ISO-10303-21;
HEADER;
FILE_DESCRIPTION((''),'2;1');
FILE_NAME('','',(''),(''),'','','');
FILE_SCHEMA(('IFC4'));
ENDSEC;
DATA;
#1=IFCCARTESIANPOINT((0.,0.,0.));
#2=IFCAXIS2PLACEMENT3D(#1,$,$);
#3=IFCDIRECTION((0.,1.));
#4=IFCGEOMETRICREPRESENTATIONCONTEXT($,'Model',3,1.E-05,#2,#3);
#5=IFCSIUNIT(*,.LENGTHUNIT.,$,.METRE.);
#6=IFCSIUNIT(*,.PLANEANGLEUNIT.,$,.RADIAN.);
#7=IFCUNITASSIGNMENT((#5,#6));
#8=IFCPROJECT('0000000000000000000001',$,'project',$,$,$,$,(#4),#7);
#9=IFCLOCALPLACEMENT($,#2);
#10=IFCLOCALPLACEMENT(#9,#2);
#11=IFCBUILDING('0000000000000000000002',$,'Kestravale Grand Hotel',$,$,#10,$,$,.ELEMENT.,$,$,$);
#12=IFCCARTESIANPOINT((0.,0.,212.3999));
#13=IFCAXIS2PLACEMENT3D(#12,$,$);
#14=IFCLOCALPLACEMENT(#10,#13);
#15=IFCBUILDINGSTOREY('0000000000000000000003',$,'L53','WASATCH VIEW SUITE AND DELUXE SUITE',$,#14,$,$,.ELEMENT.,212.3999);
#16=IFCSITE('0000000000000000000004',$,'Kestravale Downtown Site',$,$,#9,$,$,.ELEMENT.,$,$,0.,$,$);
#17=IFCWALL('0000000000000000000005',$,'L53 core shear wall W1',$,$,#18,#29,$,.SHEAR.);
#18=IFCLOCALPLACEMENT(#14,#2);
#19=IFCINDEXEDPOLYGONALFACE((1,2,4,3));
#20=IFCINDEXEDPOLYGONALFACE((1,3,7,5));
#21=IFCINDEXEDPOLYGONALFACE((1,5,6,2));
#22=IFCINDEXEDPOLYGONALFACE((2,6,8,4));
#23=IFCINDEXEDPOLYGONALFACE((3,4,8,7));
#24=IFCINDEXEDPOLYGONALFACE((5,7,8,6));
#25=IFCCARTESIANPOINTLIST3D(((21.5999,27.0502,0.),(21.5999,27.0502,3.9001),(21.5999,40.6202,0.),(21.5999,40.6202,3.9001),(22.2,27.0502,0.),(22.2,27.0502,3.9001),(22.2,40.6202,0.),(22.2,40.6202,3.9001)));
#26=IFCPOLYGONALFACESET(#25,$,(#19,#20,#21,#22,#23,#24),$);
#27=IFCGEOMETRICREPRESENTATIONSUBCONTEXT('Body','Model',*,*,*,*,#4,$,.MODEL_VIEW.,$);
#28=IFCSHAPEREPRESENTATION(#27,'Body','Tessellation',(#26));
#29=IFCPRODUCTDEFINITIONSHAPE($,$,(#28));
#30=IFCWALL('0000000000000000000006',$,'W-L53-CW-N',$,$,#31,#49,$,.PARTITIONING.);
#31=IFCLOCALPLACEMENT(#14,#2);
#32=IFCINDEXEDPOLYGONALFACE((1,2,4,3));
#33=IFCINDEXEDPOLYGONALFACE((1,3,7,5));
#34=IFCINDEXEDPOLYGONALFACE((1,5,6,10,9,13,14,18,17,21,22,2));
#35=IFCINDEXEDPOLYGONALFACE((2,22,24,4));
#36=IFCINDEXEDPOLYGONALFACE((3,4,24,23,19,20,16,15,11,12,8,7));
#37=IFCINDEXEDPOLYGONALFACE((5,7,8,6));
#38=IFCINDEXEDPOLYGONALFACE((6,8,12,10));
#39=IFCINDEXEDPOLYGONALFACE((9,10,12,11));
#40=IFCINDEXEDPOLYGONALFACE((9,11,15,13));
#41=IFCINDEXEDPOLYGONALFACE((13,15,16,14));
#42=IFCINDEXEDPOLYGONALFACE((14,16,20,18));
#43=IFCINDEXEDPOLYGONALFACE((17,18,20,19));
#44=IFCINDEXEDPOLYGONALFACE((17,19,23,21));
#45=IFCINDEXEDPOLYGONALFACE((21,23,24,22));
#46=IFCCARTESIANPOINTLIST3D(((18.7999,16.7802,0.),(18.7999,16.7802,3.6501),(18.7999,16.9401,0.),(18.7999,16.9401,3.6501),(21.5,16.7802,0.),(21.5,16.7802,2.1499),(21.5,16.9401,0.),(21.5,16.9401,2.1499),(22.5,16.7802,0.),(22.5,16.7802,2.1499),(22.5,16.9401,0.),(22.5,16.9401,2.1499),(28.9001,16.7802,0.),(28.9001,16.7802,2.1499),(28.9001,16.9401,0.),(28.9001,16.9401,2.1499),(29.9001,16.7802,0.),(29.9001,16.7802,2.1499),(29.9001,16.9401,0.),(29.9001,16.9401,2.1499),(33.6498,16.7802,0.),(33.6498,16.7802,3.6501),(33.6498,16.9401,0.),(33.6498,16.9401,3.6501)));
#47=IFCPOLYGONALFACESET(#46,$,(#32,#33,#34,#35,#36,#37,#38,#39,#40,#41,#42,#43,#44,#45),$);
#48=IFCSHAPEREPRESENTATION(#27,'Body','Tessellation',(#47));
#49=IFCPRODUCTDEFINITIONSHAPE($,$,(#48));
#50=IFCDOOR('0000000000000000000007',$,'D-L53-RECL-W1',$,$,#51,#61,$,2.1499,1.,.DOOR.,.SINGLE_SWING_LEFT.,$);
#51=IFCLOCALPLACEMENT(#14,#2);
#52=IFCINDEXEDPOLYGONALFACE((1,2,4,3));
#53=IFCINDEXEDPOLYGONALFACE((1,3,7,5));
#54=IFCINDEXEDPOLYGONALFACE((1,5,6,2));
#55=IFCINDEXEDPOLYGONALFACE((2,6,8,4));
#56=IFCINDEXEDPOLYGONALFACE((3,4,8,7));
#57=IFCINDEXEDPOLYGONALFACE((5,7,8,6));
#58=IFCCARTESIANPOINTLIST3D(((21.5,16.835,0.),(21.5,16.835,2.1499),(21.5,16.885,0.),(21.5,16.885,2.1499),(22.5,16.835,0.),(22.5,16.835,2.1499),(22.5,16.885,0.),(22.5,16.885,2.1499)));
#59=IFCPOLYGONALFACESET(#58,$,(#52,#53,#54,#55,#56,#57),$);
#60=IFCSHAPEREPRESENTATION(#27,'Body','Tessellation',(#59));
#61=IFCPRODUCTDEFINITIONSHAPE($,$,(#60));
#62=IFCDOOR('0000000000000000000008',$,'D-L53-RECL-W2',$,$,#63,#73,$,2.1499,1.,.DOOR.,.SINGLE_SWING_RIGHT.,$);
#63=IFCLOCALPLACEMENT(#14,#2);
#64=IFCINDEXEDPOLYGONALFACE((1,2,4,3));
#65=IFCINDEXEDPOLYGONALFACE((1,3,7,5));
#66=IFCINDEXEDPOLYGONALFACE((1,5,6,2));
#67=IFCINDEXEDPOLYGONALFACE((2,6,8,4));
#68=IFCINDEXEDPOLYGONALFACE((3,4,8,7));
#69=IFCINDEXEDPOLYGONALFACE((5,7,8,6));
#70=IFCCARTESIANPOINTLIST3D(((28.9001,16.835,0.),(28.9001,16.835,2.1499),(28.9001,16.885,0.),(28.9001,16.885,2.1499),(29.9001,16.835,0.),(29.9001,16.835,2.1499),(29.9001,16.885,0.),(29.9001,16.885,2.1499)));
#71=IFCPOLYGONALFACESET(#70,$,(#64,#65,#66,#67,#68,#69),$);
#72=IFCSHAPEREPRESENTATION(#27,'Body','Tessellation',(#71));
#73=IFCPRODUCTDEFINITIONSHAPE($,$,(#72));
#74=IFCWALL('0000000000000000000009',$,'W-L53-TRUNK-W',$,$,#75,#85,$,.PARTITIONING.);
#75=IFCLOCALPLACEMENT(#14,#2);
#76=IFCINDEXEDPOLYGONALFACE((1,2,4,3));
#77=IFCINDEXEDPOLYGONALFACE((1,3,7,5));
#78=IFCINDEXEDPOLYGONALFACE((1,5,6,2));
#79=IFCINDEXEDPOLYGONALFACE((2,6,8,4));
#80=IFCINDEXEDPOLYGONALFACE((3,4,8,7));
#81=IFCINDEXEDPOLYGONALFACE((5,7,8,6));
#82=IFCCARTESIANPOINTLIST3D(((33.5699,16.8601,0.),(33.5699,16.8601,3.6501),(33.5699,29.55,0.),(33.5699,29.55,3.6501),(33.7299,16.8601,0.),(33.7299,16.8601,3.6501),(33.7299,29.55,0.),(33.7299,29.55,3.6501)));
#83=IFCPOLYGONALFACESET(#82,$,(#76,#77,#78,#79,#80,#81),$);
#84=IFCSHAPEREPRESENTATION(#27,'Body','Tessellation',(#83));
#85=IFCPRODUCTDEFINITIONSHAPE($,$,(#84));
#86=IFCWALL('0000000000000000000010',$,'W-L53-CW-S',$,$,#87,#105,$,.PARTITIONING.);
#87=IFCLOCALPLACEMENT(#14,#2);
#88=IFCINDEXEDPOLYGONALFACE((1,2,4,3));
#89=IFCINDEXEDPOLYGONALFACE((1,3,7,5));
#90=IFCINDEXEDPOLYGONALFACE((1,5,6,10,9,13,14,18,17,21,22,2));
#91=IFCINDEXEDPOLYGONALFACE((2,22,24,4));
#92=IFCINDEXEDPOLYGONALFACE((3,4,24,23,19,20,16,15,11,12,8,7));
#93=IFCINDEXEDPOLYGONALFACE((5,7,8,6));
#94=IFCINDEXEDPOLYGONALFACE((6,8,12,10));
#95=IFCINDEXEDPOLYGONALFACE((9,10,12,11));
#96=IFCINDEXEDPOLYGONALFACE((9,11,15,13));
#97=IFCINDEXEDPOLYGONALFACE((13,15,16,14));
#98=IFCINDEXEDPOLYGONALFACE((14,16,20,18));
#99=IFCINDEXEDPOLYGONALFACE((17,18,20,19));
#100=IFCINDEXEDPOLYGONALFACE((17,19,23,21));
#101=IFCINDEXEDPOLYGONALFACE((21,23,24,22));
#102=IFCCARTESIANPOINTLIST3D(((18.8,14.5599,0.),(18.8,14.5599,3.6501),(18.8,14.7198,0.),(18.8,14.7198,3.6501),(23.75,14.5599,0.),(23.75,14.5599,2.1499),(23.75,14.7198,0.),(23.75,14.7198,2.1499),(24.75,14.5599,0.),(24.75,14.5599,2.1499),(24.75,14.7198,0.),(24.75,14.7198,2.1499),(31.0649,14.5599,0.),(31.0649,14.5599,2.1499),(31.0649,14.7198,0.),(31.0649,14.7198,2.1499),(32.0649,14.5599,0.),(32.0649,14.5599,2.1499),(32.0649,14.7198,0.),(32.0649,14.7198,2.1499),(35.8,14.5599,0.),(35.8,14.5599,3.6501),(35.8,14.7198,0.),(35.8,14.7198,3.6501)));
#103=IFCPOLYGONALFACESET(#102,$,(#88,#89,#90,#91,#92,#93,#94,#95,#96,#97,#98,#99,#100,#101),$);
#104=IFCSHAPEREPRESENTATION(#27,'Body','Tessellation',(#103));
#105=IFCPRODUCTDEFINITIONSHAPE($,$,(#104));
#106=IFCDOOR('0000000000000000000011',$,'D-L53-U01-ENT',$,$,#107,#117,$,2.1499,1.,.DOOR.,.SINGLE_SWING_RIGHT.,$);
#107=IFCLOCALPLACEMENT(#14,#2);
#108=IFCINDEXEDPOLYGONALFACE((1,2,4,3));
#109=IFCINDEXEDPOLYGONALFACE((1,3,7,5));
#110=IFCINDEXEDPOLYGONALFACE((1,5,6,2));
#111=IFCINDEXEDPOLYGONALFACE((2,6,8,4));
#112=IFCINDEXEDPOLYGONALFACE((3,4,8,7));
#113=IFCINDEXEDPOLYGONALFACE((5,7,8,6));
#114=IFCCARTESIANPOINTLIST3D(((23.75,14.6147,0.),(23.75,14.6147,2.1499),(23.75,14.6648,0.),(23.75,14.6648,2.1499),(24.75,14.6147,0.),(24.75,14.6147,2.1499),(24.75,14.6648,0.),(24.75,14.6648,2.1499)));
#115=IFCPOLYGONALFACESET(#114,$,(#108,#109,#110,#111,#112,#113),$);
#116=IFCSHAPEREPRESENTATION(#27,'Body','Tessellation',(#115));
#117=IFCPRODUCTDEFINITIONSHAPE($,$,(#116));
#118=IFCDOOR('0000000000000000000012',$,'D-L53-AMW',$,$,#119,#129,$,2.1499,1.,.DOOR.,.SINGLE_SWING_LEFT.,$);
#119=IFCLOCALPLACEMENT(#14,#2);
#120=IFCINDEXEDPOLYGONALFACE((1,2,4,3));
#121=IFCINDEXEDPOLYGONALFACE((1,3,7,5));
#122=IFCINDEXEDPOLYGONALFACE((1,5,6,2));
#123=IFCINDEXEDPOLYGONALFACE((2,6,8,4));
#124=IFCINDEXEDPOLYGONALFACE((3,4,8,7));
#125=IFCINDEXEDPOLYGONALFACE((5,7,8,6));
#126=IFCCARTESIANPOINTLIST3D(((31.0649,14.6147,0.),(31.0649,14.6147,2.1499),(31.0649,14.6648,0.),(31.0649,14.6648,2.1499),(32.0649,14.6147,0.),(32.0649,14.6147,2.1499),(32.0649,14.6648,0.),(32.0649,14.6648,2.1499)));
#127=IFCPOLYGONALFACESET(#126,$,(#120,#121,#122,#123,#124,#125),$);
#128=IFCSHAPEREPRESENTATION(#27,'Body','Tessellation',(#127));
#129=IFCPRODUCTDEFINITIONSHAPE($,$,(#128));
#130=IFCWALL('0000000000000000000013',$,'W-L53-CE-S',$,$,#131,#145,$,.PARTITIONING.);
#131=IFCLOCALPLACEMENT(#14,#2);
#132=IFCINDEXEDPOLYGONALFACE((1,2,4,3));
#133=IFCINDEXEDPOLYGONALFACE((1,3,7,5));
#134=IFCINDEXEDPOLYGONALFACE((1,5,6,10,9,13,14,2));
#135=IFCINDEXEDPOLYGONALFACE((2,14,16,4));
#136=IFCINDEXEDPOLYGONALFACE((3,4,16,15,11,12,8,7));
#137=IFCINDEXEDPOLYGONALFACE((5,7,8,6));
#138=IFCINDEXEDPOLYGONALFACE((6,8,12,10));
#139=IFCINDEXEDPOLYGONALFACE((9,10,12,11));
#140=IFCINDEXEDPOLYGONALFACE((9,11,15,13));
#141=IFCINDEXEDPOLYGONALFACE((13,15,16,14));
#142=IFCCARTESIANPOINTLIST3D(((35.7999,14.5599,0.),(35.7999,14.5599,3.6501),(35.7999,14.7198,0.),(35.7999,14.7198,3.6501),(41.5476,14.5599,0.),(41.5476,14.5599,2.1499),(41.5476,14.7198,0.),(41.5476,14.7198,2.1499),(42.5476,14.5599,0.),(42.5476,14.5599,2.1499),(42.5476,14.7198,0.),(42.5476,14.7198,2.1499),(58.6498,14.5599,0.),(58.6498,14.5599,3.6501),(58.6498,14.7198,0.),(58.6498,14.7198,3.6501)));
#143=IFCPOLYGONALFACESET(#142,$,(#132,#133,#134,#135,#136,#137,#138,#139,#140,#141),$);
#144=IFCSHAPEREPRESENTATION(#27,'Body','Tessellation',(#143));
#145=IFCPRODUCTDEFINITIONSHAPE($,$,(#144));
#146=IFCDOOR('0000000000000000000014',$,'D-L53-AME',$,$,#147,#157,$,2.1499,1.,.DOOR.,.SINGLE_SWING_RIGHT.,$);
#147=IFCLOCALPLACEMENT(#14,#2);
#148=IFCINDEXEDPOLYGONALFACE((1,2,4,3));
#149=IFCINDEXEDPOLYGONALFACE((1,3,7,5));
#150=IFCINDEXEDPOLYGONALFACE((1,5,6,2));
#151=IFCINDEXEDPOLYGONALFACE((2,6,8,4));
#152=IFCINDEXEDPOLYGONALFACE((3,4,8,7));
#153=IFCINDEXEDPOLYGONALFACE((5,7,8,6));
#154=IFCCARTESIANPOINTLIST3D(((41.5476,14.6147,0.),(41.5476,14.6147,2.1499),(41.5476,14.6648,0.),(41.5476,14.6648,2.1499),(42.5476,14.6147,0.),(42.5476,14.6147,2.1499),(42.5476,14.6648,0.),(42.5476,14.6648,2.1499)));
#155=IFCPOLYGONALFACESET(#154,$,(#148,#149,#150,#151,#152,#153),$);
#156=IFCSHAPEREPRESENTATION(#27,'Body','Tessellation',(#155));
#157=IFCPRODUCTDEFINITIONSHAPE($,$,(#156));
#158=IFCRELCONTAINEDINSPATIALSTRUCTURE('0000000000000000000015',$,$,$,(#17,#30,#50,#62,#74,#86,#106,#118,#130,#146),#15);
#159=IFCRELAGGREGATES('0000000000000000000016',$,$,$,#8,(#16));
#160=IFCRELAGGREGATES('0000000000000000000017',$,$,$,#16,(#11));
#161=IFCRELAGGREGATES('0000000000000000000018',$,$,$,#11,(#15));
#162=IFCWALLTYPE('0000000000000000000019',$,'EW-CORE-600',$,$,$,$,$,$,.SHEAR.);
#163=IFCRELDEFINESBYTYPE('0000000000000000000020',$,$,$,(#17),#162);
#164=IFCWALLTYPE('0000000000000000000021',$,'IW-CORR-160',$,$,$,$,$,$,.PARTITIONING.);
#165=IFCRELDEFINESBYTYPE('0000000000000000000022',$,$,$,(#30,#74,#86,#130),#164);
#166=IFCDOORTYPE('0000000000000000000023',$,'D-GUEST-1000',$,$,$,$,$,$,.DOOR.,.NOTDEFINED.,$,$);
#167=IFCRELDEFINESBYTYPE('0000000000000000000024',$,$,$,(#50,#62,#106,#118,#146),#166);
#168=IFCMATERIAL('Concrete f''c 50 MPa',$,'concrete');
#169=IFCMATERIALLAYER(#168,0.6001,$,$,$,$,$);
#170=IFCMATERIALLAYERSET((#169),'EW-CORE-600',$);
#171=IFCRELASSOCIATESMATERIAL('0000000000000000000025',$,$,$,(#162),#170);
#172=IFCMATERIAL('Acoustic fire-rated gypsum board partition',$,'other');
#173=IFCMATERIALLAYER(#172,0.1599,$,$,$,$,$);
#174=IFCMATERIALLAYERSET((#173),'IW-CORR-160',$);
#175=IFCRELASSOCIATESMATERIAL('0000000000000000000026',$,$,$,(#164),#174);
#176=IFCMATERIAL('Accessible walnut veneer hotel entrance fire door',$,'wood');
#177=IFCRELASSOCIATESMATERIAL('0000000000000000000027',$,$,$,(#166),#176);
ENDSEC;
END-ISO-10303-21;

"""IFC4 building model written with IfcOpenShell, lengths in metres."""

from ifc_helpers import new_model, si_unit, direction, frame, frame_2d, origin, place, context, subcontext, project, spatial, rectangle, extrude, material, layer, layer_set, type_object, element, fill, save


model = new_model("IFC4")

# Units and contexts
model_context = context("Model", 3, precision=1e-05, world=origin(), true_north=direction((0.0, 1.0)))
body_context = subcontext(model_context, "Body", "Model", "MODEL_VIEW")
ifc_project = project(units=[si_unit("LENGTHUNIT", "METRE"), si_unit("PLANEANGLEUNIT", "RADIAN")], contexts=[model_context])

# Site, building, storey
site_placement = place(None, origin())
site = spatial("IfcSite", under=ifc_project, at=site_placement, Name="Kestravale Downtown Site", CompositionType="ELEMENT", RefElevation=0.0)
building_placement = place(site_placement, origin())
building = spatial("IfcBuilding", under=site, at=building_placement, Name="Kestravale Grand Hotel", CompositionType="ELEMENT")
storey_placement = place(building_placement, frame((0.0, 0.0, 212.3999)))
storey = spatial("IfcBuildingStorey", under=building, at=storey_placement, Name="L53", Description="WASATCH VIEW SUITE AND DELUXE SUITE", CompositionType="ELEMENT", Elevation=212.3999)

# Wall
ifc_material_1 = material(Name="Concrete f'c 50 MPa", Category="concrete")
ifc_layer_1 = layer(ifc_material_1, 0.6001)
ifc_layer_set_1 = layer_set([ifc_layer_1], Name="EW-CORE-600")
wall_type_1 = type_object("IfcWallType", Name="EW-CORE-600", PredefinedType="SHEAR", material=ifc_layer_set_1)
wall_1_placement = place(storey_placement, frame((21.8999, 27.05, 0.0), z_axis=(0.0, 0.0, 1.0), x_axis=(0.0, 1.0, 0.0)))
element("IfcWall", 1, at=wall_1_placement, inside=storey, type_object=wall_type_1, Name="L53 core shear wall W1", PredefinedType="SHEAR", context=body_context, shape_type="SweptSolid", body=[
    extrude(rectangle(XDim=13.5701, YDim=0.6001, at=frame_2d((6.7852, 0.0))), origin(), (0.0, 0.0, 1.0), 3.9001),
])

# Wall, openings, doors
ifc_material_2 = material(Name="Acoustic fire-rated gypsum board partition", Category="other")
ifc_layer_2 = layer(ifc_material_2, 0.1599)
ifc_layer_set_2 = layer_set([ifc_layer_2], Name="IW-CORR-160")
wall_type_2 = type_object("IfcWallType", Name="IW-CORR-160", PredefinedType="PARTITIONING", material=ifc_layer_set_2)
wall_2_placement = place(storey_placement, frame((18.8, 16.8601, 0.0), z_axis=(0.0, 0.0, 1.0), x_axis=(1.0, 0.0, 0.0)))
wall_2 = element("IfcWall", 2, at=wall_2_placement, inside=storey, type_object=wall_type_2, Name="W-L53-CW-N", PredefinedType="PARTITIONING", context=body_context, shape_type="SweptSolid", body=[
    extrude(rectangle(XDim=14.8499, YDim=0.1599, at=frame_2d((7.4248, 0.0))), origin(), (0.0, 0.0, 1.0), 3.6501),
])
opening_1_placement = place(wall_2_placement, frame((2.7, 0.0, 0.0)))
opening_1 = element("IfcOpeningElement", 3, at=opening_1_placement, cuts=wall_2, PredefinedType="OPENING", context=body_context, shape_type="SweptSolid", body=[
    extrude(rectangle(XDim=1.0, YDim=2.1499, at=frame_2d((0.5, 1.075))), frame((0.0, 0.0898, 0.0), z_axis=(0.0, -1.0, 0.0), x_axis=(1.0, 0.0, 0.0)), (0.0, 0.0, 1.0), 0.1799),
])
opening_2_placement = place(wall_2_placement, frame((10.1001, 0.0, 0.0)))
opening_2 = element("IfcOpeningElement", 4, at=opening_2_placement, cuts=wall_2, PredefinedType="OPENING", context=body_context, shape_type="SweptSolid", body=[
    extrude(rectangle(XDim=1.0, YDim=2.1499, at=frame_2d((0.5, 1.075))), frame((0.0, 0.0898, 0.0), z_axis=(0.0, -1.0, 0.0), x_axis=(1.0, 0.0, 0.0)), (0.0, 0.0, 1.0), 0.1799),
])
ifc_material_3 = material(Name="Accessible walnut veneer hotel entrance fire door", Category="wood")
door_type_1 = type_object("IfcDoorType", Name="D-GUEST-1000", OperationType="NOTDEFINED", PredefinedType="DOOR", material=ifc_material_3)
door_1_placement = place(opening_1_placement, origin())
door_1 = element("IfcDoor", 5, at=door_1_placement, inside=storey, type_object=door_type_1, Name="D-L53-RECL-W1", OperationType="SINGLE_SWING_LEFT", OverallHeight=2.1499, OverallWidth=1.0, PredefinedType="DOOR", context=body_context, shape_type="SweptSolid", body=[
    extrude(rectangle(XDim=1.0, YDim=2.1499, at=frame_2d((0.5, 1.075))), frame((0.0, 0.0249, 0.0), z_axis=(0.0, -1.0, 0.0), x_axis=(1.0, 0.0, 0.0)), (0.0, 0.0, 1.0), 0.05),
])
fill(opening_1, door_1)
door_2_placement = place(opening_2_placement, origin())
door_2 = element("IfcDoor", 6, at=door_2_placement, inside=storey, type_object=door_type_1, Name="D-L53-RECL-W2", OperationType="SINGLE_SWING_RIGHT", OverallHeight=2.1499, OverallWidth=1.0, PredefinedType="DOOR", context=body_context, shape_type="SweptSolid", body=[
    extrude(rectangle(XDim=1.0, YDim=2.1499, at=frame_2d((0.5, 1.075))), frame((0.0, 0.0249, 0.0), z_axis=(0.0, -1.0, 0.0), x_axis=(1.0, 0.0, 0.0)), (0.0, 0.0, 1.0), 0.05),
])
fill(opening_2, door_2)

# Wall
wall_3_placement = place(storey_placement, frame((33.6499, 16.8601, 0.0), z_axis=(0.0, 0.0, 1.0), x_axis=(0.0, 1.0, 0.0)))
element("IfcWall", 7, at=wall_3_placement, inside=storey, type_object=wall_type_2, Name="W-L53-TRUNK-W", PredefinedType="PARTITIONING", context=body_context, shape_type="SweptSolid", body=[
    extrude(rectangle(XDim=12.6899, YDim=0.1599, at=frame_2d((6.345, 0.0))), origin(), (0.0, 0.0, 1.0), 3.6501),
])

# Wall, openings, doors
wall_4_placement = place(storey_placement, frame((18.8, 14.6399, 0.0), z_axis=(0.0, 0.0, 1.0), x_axis=(1.0, 0.0, 0.0)))
wall_4 = element("IfcWall", 8, at=wall_4_placement, inside=storey, type_object=wall_type_2, Name="W-L53-CW-S", PredefinedType="PARTITIONING", context=body_context, shape_type="SweptSolid", body=[
    extrude(rectangle(XDim=17.0, YDim=0.1599, at=frame_2d((8.5, 0.0))), origin(), (0.0, 0.0, 1.0), 3.6501),
])
opening_3_placement = place(wall_4_placement, frame((4.95, 0.0, 0.0)))
opening_3 = element("IfcOpeningElement", 9, at=opening_3_placement, cuts=wall_4, PredefinedType="OPENING", context=body_context, shape_type="SweptSolid", body=[
    extrude(rectangle(XDim=1.0, YDim=2.1499, at=frame_2d((0.5, 1.075))), frame((0.0, 0.0898, 0.0), z_axis=(0.0, -1.0, 0.0), x_axis=(1.0, 0.0, 0.0)), (0.0, 0.0, 1.0), 0.1799),
])
opening_4_placement = place(wall_4_placement, frame((12.2649, 0.0, 0.0)))
opening_4 = element("IfcOpeningElement", 10, at=opening_4_placement, cuts=wall_4, PredefinedType="OPENING", context=body_context, shape_type="SweptSolid", body=[
    extrude(rectangle(XDim=1.0, YDim=2.1499, at=frame_2d((0.5, 1.075))), frame((0.0, 0.0898, 0.0), z_axis=(0.0, -1.0, 0.0), x_axis=(1.0, 0.0, 0.0)), (0.0, 0.0, 1.0), 0.1799),
])
door_3_placement = place(opening_3_placement, origin())
door_3 = element("IfcDoor", 11, at=door_3_placement, inside=storey, type_object=door_type_1, Name="D-L53-U01-ENT", OperationType="SINGLE_SWING_RIGHT", OverallHeight=2.1499, OverallWidth=1.0, PredefinedType="DOOR", context=body_context, shape_type="SweptSolid", body=[
    extrude(rectangle(XDim=1.0, YDim=2.1499, at=frame_2d((0.5, 1.075))), frame((0.0, 0.0249, 0.0), z_axis=(0.0, -1.0, 0.0), x_axis=(1.0, 0.0, 0.0)), (0.0, 0.0, 1.0), 0.05),
])
fill(opening_3, door_3)
door_4_placement = place(opening_4_placement, origin())
door_4 = element("IfcDoor", 12, at=door_4_placement, inside=storey, type_object=door_type_1, Name="D-L53-AMW", OperationType="SINGLE_SWING_LEFT", OverallHeight=2.1499, OverallWidth=1.0, PredefinedType="DOOR", context=body_context, shape_type="SweptSolid", body=[
    extrude(rectangle(XDim=1.0, YDim=2.1499, at=frame_2d((0.5, 1.075))), frame((0.0, 0.0249, 0.0), z_axis=(0.0, -1.0, 0.0), x_axis=(1.0, 0.0, 0.0)), (0.0, 0.0, 1.0), 0.05),
])
fill(opening_4, door_4)

# Wall, opening, door
wall_5_placement = place(storey_placement, frame((35.8, 14.6399, 0.0), z_axis=(0.0, 0.0, 1.0), x_axis=(1.0, 0.0, 0.0)))
wall_5 = element("IfcWall", 13, at=wall_5_placement, inside=storey, type_object=wall_type_2, Name="W-L53-CE-S", PredefinedType="PARTITIONING", context=body_context, shape_type="SweptSolid", body=[
    extrude(rectangle(XDim=22.8499, YDim=0.1599, at=frame_2d((11.4248, 0.0))), origin(), (0.0, 0.0, 1.0), 3.6501),
])
opening_5_placement = place(wall_5_placement, frame((5.7476, 0.0, 0.0)))
opening_5 = element("IfcOpeningElement", 14, at=opening_5_placement, cuts=wall_5, PredefinedType="OPENING", context=body_context, shape_type="SweptSolid", body=[
    extrude(rectangle(XDim=1.0, YDim=2.1499, at=frame_2d((0.5, 1.075))), frame((0.0, 0.0898, 0.0), z_axis=(0.0, -1.0, 0.0), x_axis=(1.0, 0.0, 0.0)), (0.0, 0.0, 1.0), 0.1799),
])
door_5_placement = place(opening_5_placement, origin())
door_5 = element("IfcDoor", 15, at=door_5_placement, inside=storey, type_object=door_type_1, Name="D-L53-AME", OperationType="SINGLE_SWING_RIGHT", OverallHeight=2.1499, OverallWidth=1.0, PredefinedType="DOOR", context=body_context, shape_type="SweptSolid", body=[
    extrude(rectangle(XDim=1.0, YDim=2.1499, at=frame_2d((0.5, 1.075))), frame((0.0, 0.0249, 0.0), z_axis=(0.0, -1.0, 0.0), x_axis=(1.0, 0.0, 0.0)), (0.0, 0.0, 1.0), 0.05),
])
fill(opening_5, door_5)

save(model, "model.ifc")
